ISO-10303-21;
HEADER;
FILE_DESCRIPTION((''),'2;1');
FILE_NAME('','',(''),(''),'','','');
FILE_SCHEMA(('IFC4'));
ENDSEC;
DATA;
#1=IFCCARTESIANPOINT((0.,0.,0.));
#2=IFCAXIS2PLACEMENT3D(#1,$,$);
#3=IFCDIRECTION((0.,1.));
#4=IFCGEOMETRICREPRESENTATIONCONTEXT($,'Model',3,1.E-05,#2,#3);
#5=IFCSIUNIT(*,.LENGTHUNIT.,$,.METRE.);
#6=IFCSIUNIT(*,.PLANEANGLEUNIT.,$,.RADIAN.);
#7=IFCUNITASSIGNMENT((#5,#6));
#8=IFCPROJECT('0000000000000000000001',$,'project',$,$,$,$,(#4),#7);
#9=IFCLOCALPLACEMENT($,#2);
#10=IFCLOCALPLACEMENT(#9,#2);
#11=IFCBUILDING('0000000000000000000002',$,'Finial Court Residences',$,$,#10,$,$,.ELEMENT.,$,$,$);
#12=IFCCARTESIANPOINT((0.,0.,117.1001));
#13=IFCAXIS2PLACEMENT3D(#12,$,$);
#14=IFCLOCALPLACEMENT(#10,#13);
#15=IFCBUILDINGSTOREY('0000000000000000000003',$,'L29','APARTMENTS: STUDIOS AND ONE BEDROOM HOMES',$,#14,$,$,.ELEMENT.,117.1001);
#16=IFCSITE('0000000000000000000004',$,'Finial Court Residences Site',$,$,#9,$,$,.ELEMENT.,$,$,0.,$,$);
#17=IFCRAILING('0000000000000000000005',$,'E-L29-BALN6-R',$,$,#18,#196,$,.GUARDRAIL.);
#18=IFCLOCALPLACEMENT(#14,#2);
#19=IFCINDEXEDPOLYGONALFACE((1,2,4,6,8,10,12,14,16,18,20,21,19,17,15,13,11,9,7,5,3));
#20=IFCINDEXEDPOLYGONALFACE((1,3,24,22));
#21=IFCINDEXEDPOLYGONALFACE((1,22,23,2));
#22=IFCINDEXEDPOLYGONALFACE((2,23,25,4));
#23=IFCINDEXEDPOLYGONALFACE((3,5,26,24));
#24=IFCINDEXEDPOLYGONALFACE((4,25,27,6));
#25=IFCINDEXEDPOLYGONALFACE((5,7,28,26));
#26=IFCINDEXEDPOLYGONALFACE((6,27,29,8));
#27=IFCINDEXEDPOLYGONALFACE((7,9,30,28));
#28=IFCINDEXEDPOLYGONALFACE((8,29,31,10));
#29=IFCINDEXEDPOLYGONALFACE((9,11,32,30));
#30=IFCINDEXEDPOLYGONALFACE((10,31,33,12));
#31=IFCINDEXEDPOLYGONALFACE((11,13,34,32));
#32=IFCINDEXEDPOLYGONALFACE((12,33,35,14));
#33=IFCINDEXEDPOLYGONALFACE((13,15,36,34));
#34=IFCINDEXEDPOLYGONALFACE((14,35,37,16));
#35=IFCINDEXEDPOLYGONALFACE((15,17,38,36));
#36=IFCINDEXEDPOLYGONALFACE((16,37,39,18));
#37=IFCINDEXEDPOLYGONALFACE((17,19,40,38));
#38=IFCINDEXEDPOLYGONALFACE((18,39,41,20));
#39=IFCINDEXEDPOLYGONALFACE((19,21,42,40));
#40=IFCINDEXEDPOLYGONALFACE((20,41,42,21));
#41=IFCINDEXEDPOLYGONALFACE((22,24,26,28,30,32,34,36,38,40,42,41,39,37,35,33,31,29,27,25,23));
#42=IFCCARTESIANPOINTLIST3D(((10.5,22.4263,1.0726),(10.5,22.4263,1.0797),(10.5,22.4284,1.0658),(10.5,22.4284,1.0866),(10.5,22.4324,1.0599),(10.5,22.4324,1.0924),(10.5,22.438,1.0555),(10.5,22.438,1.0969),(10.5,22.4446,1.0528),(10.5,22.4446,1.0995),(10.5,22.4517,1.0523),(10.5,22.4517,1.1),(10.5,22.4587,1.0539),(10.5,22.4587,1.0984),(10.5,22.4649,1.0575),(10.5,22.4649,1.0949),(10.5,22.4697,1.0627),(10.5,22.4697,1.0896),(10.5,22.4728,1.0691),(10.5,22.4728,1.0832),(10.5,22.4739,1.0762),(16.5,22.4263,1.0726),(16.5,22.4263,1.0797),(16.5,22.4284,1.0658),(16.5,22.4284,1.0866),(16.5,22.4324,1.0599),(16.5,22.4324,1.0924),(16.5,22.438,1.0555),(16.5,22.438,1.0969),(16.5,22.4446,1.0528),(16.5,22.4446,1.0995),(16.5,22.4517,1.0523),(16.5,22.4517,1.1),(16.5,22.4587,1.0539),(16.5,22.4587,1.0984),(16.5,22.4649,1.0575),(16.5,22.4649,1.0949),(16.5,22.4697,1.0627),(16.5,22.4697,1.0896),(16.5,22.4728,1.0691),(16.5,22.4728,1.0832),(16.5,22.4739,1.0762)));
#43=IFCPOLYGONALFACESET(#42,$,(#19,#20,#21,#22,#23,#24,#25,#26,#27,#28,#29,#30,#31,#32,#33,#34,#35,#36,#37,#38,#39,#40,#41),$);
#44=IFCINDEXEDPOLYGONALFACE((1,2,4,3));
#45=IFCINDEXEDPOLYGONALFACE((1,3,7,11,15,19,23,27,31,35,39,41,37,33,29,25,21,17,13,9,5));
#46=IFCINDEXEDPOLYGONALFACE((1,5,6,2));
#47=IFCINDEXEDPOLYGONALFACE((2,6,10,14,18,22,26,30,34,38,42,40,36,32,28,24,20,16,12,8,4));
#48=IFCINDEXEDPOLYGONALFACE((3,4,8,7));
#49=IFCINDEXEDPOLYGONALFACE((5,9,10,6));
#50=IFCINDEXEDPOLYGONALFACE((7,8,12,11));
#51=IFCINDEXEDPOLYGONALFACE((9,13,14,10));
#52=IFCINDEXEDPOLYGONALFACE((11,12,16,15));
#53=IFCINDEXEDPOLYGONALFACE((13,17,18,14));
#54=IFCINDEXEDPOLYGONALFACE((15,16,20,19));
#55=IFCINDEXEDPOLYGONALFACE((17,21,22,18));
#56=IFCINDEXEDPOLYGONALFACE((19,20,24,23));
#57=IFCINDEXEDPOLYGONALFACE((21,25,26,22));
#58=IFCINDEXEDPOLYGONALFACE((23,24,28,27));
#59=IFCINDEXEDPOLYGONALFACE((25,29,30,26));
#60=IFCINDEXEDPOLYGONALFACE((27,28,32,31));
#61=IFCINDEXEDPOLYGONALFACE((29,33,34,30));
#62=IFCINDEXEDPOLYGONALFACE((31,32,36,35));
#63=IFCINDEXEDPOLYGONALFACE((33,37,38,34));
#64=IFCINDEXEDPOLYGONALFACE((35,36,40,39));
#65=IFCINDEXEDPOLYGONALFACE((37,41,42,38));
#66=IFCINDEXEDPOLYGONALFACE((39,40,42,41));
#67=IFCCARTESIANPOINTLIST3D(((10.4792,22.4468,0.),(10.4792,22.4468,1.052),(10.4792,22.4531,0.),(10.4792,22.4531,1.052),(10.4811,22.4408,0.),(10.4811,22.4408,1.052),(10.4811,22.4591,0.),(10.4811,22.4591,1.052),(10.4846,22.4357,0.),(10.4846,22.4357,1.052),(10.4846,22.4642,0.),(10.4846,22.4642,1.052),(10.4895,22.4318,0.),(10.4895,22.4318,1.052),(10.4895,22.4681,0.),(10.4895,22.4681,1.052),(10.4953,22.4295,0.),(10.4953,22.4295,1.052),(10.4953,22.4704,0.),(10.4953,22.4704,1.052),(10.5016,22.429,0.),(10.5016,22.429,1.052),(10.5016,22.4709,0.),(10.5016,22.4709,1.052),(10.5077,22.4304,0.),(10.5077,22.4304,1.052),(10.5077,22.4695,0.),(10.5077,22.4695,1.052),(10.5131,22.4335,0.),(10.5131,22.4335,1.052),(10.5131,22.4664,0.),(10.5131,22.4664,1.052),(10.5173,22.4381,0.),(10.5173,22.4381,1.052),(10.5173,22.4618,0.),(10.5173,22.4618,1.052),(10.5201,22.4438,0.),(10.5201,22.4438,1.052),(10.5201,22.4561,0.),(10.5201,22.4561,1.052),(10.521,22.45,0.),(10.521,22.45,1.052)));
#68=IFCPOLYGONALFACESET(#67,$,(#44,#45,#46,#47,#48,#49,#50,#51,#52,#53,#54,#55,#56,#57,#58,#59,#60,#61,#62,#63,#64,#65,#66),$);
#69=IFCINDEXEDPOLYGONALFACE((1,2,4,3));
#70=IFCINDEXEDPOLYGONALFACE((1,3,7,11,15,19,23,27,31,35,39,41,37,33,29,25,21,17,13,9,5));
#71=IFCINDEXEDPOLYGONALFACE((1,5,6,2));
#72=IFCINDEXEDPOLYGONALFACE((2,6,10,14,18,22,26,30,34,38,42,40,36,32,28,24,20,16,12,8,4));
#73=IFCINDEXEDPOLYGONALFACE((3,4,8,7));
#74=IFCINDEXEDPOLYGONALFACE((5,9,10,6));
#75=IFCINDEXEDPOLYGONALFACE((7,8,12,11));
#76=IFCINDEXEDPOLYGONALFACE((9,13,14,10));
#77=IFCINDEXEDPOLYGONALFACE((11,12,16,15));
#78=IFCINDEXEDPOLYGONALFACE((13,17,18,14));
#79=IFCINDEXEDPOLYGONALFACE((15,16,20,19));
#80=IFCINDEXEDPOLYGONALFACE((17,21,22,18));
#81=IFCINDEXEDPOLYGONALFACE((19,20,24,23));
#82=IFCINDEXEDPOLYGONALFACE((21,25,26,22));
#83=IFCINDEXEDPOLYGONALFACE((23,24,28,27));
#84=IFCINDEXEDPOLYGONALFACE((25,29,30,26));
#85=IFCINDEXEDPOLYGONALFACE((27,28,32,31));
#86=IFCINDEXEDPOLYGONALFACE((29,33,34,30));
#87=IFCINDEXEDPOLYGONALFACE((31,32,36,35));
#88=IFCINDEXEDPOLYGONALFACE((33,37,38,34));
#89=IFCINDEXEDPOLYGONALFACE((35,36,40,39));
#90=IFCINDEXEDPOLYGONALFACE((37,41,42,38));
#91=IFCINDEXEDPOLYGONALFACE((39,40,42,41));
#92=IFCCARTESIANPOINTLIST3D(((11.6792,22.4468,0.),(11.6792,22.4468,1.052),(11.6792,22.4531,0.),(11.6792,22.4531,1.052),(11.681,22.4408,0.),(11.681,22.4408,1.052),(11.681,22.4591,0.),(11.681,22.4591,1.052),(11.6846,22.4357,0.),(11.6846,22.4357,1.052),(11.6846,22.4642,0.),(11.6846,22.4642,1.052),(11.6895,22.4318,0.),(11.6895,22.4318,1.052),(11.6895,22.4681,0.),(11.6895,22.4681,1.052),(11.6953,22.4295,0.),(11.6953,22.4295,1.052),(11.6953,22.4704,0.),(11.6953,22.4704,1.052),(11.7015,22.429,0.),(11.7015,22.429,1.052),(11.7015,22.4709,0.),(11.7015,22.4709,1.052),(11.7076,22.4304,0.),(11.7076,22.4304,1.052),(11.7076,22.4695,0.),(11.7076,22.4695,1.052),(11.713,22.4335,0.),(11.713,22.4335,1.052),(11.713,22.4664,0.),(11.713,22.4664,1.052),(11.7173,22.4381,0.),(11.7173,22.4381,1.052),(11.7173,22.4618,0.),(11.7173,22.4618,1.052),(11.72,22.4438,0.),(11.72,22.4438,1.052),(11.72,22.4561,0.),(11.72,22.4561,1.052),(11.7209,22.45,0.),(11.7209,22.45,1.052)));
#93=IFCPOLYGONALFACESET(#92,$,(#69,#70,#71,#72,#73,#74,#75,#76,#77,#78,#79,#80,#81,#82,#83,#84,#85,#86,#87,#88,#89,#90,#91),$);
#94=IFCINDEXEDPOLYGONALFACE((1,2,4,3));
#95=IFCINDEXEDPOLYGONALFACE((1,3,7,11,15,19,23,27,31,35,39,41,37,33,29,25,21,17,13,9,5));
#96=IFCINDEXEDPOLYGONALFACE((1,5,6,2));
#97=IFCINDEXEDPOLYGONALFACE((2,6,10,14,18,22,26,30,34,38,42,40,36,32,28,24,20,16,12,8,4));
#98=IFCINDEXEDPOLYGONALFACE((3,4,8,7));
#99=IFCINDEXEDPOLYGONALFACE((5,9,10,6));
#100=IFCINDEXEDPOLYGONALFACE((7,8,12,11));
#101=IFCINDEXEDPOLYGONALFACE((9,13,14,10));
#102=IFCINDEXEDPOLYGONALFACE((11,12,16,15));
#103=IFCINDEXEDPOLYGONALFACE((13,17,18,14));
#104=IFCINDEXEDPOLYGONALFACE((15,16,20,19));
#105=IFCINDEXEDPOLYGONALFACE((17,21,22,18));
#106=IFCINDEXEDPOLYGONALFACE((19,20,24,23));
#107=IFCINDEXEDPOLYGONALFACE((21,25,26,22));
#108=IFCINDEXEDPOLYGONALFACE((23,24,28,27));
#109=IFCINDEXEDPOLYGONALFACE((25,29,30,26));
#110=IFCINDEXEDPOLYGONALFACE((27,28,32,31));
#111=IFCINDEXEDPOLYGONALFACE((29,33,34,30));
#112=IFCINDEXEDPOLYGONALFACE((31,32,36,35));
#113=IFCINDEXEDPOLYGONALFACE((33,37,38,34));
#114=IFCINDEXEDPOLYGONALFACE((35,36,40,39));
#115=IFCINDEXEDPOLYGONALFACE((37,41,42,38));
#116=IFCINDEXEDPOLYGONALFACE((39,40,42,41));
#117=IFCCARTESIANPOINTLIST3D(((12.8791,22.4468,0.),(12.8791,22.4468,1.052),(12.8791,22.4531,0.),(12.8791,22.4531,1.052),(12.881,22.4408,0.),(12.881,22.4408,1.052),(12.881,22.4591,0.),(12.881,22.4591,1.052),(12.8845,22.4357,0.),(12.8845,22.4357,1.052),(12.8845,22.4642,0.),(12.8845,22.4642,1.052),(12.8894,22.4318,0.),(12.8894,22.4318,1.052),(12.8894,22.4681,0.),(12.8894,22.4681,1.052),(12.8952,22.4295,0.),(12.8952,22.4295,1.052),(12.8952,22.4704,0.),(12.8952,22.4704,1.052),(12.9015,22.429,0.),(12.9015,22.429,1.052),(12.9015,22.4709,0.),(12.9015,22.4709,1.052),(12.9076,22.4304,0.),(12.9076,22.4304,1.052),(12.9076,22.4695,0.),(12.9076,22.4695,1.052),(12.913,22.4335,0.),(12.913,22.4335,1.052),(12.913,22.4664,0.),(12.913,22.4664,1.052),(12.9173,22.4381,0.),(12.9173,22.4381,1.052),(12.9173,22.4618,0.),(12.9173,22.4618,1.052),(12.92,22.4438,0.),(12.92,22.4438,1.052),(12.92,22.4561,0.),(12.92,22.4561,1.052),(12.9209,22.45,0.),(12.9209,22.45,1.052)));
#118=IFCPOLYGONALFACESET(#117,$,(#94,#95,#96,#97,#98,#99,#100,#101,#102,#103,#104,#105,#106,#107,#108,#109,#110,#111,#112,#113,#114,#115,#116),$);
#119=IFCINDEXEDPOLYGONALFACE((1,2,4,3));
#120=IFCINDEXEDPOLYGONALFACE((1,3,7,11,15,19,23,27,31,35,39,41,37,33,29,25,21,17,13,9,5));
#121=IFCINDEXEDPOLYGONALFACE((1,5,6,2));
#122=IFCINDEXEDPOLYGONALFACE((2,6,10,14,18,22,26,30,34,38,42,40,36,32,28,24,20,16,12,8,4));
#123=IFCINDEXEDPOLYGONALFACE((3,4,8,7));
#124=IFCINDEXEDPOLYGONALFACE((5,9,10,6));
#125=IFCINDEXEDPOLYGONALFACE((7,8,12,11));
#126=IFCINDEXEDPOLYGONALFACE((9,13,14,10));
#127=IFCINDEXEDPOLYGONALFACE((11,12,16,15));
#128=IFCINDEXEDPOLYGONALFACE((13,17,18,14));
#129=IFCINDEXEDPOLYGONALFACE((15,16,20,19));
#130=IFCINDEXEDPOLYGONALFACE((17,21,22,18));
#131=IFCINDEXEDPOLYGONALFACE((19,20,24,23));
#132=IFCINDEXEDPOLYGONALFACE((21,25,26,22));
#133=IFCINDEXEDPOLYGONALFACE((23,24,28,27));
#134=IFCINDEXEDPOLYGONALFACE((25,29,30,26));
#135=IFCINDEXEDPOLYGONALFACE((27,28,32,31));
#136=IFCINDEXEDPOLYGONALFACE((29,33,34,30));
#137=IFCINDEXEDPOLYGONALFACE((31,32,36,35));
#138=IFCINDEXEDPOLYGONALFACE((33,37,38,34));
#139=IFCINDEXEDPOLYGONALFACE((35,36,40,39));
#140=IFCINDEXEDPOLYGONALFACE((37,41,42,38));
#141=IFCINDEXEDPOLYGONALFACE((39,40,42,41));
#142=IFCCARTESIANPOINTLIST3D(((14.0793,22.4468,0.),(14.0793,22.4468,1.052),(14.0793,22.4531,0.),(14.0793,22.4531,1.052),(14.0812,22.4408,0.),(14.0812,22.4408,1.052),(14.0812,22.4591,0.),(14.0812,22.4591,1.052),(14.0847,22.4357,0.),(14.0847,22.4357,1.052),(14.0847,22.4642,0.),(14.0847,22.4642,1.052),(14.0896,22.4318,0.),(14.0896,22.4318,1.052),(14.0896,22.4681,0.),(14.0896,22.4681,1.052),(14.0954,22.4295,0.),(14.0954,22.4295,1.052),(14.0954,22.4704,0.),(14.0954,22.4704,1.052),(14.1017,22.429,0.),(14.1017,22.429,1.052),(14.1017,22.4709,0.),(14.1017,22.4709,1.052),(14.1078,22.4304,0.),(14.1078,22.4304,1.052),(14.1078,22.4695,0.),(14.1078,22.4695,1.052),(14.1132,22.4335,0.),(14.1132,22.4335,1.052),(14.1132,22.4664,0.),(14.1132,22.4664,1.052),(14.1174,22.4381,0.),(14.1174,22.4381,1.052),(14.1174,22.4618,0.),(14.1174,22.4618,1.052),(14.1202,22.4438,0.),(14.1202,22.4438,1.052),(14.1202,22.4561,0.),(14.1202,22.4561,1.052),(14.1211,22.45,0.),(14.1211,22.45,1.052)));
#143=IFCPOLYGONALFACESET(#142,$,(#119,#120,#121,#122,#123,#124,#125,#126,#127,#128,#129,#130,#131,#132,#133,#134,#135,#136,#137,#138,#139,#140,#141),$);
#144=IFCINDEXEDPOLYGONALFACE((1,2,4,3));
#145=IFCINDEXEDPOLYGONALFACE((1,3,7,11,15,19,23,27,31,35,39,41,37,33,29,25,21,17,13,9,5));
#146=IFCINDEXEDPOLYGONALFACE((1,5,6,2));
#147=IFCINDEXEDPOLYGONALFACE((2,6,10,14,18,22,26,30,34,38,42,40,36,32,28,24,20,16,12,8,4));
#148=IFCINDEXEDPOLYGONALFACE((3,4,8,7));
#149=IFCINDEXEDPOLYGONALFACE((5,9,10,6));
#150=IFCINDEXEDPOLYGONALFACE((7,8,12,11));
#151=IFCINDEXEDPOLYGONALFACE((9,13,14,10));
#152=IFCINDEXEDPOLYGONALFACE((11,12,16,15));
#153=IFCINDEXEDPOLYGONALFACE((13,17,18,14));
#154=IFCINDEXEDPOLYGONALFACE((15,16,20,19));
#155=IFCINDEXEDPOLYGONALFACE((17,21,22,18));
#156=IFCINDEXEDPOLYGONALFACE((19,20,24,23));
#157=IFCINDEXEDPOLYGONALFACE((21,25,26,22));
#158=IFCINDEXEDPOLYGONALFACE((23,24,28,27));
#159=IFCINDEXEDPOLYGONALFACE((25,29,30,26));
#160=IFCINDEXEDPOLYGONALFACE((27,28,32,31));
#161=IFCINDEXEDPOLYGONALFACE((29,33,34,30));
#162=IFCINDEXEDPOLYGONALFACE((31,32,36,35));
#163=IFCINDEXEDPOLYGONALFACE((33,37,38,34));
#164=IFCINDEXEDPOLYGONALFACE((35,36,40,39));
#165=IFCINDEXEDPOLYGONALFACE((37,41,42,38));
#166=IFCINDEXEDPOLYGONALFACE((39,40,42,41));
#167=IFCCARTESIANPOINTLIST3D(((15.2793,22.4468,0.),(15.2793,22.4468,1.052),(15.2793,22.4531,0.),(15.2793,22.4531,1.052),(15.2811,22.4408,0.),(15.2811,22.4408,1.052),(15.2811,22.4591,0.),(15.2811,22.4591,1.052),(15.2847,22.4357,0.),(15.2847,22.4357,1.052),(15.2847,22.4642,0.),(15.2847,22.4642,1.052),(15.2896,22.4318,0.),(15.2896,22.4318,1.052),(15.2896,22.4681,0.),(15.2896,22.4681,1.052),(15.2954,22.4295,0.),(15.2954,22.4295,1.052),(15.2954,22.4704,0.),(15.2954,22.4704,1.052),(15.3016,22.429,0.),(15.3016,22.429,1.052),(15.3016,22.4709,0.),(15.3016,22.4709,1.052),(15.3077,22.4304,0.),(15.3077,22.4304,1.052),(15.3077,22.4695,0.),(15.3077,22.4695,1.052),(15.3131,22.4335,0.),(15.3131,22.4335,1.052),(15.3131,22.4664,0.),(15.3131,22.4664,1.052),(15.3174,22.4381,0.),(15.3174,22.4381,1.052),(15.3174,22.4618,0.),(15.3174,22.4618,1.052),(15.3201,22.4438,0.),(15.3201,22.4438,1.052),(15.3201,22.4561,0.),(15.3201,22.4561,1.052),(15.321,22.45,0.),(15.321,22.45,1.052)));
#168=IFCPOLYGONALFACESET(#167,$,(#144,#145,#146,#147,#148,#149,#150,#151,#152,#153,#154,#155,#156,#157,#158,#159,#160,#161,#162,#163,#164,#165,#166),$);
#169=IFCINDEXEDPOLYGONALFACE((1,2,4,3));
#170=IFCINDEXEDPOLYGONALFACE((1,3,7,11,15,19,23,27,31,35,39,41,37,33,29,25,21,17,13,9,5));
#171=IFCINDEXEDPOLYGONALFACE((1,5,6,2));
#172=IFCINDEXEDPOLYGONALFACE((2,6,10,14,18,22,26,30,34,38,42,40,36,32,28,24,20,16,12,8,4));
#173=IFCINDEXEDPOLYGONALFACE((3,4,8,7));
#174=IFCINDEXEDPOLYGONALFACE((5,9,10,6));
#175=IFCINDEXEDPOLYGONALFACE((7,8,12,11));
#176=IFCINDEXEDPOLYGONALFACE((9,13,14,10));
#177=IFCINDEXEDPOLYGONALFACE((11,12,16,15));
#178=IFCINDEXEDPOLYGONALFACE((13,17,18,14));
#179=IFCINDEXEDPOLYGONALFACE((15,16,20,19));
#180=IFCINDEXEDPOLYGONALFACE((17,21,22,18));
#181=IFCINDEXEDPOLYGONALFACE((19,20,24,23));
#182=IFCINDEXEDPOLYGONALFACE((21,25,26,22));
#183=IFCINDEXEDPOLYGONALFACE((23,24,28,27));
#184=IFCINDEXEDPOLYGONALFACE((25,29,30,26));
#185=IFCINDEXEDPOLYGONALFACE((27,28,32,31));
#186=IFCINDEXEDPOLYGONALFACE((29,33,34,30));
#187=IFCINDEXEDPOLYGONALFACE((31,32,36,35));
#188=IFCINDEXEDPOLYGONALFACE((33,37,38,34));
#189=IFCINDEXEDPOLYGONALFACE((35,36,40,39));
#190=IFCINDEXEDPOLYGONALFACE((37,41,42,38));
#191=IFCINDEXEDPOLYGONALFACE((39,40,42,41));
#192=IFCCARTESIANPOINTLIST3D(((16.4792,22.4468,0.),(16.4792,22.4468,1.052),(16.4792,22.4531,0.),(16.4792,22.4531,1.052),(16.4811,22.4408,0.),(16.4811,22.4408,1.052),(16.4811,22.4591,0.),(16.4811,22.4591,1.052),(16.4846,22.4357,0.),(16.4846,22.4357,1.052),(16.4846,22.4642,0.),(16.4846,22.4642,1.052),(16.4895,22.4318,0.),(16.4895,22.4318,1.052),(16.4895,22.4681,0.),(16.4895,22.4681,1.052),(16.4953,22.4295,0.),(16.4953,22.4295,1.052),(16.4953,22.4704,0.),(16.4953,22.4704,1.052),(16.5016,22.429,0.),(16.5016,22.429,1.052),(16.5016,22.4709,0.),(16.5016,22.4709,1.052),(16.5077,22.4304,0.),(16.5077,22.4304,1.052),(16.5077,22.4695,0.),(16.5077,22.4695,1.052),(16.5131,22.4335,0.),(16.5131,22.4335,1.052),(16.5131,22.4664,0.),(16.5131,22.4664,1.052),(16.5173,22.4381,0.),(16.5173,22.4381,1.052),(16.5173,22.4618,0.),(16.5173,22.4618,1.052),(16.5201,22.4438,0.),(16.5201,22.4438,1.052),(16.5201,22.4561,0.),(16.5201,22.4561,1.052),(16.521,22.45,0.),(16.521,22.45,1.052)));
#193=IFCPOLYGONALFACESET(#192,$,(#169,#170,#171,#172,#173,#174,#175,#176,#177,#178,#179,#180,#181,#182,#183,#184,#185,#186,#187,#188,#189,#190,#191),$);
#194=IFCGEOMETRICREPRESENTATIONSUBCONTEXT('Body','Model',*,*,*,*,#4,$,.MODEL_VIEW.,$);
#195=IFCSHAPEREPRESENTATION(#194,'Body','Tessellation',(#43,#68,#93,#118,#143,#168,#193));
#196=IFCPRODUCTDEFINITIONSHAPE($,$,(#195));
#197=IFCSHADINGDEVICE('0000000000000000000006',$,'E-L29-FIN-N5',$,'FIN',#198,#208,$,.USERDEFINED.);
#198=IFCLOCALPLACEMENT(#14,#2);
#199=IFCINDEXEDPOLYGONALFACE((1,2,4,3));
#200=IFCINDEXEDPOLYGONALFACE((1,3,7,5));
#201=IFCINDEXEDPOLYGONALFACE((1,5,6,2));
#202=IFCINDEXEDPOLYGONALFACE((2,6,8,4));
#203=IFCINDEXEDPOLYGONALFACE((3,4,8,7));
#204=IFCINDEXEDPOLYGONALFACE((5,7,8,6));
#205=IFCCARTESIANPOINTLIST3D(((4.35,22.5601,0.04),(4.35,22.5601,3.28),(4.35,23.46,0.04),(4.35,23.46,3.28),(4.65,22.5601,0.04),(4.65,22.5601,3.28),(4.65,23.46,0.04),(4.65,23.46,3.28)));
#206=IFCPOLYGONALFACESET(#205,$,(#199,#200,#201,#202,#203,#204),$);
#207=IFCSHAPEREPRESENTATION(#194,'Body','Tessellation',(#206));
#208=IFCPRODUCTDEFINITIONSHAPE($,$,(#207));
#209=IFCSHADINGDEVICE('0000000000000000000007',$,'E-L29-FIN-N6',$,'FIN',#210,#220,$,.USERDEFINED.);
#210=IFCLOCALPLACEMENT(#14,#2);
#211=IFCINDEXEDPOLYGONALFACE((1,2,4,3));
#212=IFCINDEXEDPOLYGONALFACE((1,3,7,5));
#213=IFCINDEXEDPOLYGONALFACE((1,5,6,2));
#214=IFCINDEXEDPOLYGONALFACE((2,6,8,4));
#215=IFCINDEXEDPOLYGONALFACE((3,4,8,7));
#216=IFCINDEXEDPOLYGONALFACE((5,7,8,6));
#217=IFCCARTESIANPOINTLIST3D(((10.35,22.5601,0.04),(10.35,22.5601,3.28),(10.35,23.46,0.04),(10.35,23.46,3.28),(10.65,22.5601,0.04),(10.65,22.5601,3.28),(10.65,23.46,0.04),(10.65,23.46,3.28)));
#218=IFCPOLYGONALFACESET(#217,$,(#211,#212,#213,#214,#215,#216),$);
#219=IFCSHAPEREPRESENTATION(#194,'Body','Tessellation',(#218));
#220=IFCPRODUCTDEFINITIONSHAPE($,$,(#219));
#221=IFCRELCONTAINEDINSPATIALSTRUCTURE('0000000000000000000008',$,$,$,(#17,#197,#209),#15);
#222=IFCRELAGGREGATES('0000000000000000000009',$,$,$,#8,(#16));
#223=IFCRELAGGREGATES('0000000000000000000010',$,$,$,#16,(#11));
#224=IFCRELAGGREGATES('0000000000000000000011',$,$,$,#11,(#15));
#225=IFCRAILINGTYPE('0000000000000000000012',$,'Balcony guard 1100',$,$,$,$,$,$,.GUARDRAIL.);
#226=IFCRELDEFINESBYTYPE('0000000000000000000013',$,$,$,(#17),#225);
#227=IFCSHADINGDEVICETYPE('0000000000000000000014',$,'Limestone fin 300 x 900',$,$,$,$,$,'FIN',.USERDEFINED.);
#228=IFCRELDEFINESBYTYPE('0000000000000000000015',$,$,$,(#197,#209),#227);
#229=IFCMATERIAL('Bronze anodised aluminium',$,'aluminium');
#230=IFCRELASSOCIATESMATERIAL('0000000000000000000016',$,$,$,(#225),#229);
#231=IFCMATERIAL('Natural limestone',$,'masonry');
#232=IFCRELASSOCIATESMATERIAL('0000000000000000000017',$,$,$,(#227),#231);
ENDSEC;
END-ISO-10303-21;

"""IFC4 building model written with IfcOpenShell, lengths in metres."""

from ifc_helpers import new_model, si_unit, direction, frame, origin, origin_2d, place, context, subcontext, project, spatial, rectangle, circle, extrude, material, type_object, element, save


model = new_model("IFC4")

# Units and contexts
model_context = context("Model", 3, precision=1e-05, world=origin(), true_north=direction((0.0, 1.0)))
body_context = subcontext(model_context, "Body", "Model", "MODEL_VIEW")
ifc_project = project(units=[si_unit("LENGTHUNIT", "METRE"), si_unit("PLANEANGLEUNIT", "RADIAN")], contexts=[model_context])

# Site, building, storey
site_placement = place(None, origin())
site = spatial("IfcSite", under=ifc_project, at=site_placement, Name="Finial Court Residences Site", CompositionType="ELEMENT", RefElevation=0.0)
building_placement = place(site_placement, origin())
building = spatial("IfcBuilding", under=site, at=building_placement, Name="Finial Court Residences", CompositionType="ELEMENT")
storey_placement = place(building_placement, frame((0.0, 0.0, 117.1001)))
storey = spatial("IfcBuildingStorey", under=building, at=storey_placement, Name="L29", Description="APARTMENTS: STUDIOS AND ONE BEDROOM HOMES", CompositionType="ELEMENT", Elevation=117.1001)

# Shared definitions
ifc_material_1 = material(Name="Bronze anodised aluminium", Category="aluminium")

# Shared definitions
ifc_material_2 = material(Name="Natural limestone", Category="masonry")

# Railing
railing_type = type_object("IfcRailingType", Name="Balcony guard 1100", PredefinedType="GUARDRAIL", material=ifc_material_1)
railing_placement = place(storey_placement, frame((10.5, 22.45, 0.0)))
element("IfcRailing", 1, at=railing_placement, inside=storey, type_object=railing_type, Name="E-L29-BALN6-R", PredefinedType="GUARDRAIL", context=body_context, shape_type="SweptSolid", body=[
    extrude(circle(Radius=0.0239, at=origin_2d()), frame((0.0, 0.0, 1.0762), z_axis=(1.0, 0.0, 0.0), x_axis=(0.0, 1.0, 0.0)), (0.0, 0.0, 1.0), 6.0),
    extrude(circle(Radius=0.021, at=origin_2d()), origin(), (0.0, 0.0, 1.0), 1.052),
    extrude(circle(Radius=0.021, at=origin_2d()), frame((1.2, 0.0, 0.0)), (0.0, 0.0, 1.0), 1.052),
    extrude(circle(Radius=0.021, at=origin_2d()), frame((2.3999, 0.0, 0.0)), (0.0, 0.0, 1.0), 1.052),
    extrude(circle(Radius=0.021, at=origin_2d()), frame((3.6001, 0.0, 0.0)), (0.0, 0.0, 1.0), 1.052),
    extrude(circle(Radius=0.021, at=origin_2d()), frame((4.8, 0.0, 0.0)), (0.0, 0.0, 1.0), 1.052),
    extrude(circle(Radius=0.021, at=origin_2d()), frame((6.0, 0.0, 0.0)), (0.0, 0.0, 1.0), 1.052),
])

# Shading devices
shading_device_type = type_object("IfcShadingDeviceType", Name="Limestone fin 300 x 900", ElementType="FIN", PredefinedType="USERDEFINED", material=ifc_material_2)
for number, where, z_axis, x_axis, name in (
    (2, (4.5, 23.01, 0.04), (0.0, 0.0, 1.0), (1.0, 0.0, 0.0), "E-L29-FIN-N5"),
    (3, (10.5, 23.01, 0.04), (0.0, 0.0, 1.0), (1.0, 0.0, 0.0), "E-L29-FIN-N6"),
):
    element("IfcShadingDevice", number, at=place(storey_placement, frame(where, z_axis=z_axis, x_axis=x_axis)), inside=storey, type_object=shading_device_type, Name=name, ObjectType="FIN", PredefinedType="USERDEFINED", context=body_context, shape_type="SweptSolid", body=[
        extrude(rectangle(XDim=0.3, YDim=0.8999, at=origin_2d()), origin(), (0.0, 0.0, 1.0), 3.24),
    ])

save(model, "model.ifc")
